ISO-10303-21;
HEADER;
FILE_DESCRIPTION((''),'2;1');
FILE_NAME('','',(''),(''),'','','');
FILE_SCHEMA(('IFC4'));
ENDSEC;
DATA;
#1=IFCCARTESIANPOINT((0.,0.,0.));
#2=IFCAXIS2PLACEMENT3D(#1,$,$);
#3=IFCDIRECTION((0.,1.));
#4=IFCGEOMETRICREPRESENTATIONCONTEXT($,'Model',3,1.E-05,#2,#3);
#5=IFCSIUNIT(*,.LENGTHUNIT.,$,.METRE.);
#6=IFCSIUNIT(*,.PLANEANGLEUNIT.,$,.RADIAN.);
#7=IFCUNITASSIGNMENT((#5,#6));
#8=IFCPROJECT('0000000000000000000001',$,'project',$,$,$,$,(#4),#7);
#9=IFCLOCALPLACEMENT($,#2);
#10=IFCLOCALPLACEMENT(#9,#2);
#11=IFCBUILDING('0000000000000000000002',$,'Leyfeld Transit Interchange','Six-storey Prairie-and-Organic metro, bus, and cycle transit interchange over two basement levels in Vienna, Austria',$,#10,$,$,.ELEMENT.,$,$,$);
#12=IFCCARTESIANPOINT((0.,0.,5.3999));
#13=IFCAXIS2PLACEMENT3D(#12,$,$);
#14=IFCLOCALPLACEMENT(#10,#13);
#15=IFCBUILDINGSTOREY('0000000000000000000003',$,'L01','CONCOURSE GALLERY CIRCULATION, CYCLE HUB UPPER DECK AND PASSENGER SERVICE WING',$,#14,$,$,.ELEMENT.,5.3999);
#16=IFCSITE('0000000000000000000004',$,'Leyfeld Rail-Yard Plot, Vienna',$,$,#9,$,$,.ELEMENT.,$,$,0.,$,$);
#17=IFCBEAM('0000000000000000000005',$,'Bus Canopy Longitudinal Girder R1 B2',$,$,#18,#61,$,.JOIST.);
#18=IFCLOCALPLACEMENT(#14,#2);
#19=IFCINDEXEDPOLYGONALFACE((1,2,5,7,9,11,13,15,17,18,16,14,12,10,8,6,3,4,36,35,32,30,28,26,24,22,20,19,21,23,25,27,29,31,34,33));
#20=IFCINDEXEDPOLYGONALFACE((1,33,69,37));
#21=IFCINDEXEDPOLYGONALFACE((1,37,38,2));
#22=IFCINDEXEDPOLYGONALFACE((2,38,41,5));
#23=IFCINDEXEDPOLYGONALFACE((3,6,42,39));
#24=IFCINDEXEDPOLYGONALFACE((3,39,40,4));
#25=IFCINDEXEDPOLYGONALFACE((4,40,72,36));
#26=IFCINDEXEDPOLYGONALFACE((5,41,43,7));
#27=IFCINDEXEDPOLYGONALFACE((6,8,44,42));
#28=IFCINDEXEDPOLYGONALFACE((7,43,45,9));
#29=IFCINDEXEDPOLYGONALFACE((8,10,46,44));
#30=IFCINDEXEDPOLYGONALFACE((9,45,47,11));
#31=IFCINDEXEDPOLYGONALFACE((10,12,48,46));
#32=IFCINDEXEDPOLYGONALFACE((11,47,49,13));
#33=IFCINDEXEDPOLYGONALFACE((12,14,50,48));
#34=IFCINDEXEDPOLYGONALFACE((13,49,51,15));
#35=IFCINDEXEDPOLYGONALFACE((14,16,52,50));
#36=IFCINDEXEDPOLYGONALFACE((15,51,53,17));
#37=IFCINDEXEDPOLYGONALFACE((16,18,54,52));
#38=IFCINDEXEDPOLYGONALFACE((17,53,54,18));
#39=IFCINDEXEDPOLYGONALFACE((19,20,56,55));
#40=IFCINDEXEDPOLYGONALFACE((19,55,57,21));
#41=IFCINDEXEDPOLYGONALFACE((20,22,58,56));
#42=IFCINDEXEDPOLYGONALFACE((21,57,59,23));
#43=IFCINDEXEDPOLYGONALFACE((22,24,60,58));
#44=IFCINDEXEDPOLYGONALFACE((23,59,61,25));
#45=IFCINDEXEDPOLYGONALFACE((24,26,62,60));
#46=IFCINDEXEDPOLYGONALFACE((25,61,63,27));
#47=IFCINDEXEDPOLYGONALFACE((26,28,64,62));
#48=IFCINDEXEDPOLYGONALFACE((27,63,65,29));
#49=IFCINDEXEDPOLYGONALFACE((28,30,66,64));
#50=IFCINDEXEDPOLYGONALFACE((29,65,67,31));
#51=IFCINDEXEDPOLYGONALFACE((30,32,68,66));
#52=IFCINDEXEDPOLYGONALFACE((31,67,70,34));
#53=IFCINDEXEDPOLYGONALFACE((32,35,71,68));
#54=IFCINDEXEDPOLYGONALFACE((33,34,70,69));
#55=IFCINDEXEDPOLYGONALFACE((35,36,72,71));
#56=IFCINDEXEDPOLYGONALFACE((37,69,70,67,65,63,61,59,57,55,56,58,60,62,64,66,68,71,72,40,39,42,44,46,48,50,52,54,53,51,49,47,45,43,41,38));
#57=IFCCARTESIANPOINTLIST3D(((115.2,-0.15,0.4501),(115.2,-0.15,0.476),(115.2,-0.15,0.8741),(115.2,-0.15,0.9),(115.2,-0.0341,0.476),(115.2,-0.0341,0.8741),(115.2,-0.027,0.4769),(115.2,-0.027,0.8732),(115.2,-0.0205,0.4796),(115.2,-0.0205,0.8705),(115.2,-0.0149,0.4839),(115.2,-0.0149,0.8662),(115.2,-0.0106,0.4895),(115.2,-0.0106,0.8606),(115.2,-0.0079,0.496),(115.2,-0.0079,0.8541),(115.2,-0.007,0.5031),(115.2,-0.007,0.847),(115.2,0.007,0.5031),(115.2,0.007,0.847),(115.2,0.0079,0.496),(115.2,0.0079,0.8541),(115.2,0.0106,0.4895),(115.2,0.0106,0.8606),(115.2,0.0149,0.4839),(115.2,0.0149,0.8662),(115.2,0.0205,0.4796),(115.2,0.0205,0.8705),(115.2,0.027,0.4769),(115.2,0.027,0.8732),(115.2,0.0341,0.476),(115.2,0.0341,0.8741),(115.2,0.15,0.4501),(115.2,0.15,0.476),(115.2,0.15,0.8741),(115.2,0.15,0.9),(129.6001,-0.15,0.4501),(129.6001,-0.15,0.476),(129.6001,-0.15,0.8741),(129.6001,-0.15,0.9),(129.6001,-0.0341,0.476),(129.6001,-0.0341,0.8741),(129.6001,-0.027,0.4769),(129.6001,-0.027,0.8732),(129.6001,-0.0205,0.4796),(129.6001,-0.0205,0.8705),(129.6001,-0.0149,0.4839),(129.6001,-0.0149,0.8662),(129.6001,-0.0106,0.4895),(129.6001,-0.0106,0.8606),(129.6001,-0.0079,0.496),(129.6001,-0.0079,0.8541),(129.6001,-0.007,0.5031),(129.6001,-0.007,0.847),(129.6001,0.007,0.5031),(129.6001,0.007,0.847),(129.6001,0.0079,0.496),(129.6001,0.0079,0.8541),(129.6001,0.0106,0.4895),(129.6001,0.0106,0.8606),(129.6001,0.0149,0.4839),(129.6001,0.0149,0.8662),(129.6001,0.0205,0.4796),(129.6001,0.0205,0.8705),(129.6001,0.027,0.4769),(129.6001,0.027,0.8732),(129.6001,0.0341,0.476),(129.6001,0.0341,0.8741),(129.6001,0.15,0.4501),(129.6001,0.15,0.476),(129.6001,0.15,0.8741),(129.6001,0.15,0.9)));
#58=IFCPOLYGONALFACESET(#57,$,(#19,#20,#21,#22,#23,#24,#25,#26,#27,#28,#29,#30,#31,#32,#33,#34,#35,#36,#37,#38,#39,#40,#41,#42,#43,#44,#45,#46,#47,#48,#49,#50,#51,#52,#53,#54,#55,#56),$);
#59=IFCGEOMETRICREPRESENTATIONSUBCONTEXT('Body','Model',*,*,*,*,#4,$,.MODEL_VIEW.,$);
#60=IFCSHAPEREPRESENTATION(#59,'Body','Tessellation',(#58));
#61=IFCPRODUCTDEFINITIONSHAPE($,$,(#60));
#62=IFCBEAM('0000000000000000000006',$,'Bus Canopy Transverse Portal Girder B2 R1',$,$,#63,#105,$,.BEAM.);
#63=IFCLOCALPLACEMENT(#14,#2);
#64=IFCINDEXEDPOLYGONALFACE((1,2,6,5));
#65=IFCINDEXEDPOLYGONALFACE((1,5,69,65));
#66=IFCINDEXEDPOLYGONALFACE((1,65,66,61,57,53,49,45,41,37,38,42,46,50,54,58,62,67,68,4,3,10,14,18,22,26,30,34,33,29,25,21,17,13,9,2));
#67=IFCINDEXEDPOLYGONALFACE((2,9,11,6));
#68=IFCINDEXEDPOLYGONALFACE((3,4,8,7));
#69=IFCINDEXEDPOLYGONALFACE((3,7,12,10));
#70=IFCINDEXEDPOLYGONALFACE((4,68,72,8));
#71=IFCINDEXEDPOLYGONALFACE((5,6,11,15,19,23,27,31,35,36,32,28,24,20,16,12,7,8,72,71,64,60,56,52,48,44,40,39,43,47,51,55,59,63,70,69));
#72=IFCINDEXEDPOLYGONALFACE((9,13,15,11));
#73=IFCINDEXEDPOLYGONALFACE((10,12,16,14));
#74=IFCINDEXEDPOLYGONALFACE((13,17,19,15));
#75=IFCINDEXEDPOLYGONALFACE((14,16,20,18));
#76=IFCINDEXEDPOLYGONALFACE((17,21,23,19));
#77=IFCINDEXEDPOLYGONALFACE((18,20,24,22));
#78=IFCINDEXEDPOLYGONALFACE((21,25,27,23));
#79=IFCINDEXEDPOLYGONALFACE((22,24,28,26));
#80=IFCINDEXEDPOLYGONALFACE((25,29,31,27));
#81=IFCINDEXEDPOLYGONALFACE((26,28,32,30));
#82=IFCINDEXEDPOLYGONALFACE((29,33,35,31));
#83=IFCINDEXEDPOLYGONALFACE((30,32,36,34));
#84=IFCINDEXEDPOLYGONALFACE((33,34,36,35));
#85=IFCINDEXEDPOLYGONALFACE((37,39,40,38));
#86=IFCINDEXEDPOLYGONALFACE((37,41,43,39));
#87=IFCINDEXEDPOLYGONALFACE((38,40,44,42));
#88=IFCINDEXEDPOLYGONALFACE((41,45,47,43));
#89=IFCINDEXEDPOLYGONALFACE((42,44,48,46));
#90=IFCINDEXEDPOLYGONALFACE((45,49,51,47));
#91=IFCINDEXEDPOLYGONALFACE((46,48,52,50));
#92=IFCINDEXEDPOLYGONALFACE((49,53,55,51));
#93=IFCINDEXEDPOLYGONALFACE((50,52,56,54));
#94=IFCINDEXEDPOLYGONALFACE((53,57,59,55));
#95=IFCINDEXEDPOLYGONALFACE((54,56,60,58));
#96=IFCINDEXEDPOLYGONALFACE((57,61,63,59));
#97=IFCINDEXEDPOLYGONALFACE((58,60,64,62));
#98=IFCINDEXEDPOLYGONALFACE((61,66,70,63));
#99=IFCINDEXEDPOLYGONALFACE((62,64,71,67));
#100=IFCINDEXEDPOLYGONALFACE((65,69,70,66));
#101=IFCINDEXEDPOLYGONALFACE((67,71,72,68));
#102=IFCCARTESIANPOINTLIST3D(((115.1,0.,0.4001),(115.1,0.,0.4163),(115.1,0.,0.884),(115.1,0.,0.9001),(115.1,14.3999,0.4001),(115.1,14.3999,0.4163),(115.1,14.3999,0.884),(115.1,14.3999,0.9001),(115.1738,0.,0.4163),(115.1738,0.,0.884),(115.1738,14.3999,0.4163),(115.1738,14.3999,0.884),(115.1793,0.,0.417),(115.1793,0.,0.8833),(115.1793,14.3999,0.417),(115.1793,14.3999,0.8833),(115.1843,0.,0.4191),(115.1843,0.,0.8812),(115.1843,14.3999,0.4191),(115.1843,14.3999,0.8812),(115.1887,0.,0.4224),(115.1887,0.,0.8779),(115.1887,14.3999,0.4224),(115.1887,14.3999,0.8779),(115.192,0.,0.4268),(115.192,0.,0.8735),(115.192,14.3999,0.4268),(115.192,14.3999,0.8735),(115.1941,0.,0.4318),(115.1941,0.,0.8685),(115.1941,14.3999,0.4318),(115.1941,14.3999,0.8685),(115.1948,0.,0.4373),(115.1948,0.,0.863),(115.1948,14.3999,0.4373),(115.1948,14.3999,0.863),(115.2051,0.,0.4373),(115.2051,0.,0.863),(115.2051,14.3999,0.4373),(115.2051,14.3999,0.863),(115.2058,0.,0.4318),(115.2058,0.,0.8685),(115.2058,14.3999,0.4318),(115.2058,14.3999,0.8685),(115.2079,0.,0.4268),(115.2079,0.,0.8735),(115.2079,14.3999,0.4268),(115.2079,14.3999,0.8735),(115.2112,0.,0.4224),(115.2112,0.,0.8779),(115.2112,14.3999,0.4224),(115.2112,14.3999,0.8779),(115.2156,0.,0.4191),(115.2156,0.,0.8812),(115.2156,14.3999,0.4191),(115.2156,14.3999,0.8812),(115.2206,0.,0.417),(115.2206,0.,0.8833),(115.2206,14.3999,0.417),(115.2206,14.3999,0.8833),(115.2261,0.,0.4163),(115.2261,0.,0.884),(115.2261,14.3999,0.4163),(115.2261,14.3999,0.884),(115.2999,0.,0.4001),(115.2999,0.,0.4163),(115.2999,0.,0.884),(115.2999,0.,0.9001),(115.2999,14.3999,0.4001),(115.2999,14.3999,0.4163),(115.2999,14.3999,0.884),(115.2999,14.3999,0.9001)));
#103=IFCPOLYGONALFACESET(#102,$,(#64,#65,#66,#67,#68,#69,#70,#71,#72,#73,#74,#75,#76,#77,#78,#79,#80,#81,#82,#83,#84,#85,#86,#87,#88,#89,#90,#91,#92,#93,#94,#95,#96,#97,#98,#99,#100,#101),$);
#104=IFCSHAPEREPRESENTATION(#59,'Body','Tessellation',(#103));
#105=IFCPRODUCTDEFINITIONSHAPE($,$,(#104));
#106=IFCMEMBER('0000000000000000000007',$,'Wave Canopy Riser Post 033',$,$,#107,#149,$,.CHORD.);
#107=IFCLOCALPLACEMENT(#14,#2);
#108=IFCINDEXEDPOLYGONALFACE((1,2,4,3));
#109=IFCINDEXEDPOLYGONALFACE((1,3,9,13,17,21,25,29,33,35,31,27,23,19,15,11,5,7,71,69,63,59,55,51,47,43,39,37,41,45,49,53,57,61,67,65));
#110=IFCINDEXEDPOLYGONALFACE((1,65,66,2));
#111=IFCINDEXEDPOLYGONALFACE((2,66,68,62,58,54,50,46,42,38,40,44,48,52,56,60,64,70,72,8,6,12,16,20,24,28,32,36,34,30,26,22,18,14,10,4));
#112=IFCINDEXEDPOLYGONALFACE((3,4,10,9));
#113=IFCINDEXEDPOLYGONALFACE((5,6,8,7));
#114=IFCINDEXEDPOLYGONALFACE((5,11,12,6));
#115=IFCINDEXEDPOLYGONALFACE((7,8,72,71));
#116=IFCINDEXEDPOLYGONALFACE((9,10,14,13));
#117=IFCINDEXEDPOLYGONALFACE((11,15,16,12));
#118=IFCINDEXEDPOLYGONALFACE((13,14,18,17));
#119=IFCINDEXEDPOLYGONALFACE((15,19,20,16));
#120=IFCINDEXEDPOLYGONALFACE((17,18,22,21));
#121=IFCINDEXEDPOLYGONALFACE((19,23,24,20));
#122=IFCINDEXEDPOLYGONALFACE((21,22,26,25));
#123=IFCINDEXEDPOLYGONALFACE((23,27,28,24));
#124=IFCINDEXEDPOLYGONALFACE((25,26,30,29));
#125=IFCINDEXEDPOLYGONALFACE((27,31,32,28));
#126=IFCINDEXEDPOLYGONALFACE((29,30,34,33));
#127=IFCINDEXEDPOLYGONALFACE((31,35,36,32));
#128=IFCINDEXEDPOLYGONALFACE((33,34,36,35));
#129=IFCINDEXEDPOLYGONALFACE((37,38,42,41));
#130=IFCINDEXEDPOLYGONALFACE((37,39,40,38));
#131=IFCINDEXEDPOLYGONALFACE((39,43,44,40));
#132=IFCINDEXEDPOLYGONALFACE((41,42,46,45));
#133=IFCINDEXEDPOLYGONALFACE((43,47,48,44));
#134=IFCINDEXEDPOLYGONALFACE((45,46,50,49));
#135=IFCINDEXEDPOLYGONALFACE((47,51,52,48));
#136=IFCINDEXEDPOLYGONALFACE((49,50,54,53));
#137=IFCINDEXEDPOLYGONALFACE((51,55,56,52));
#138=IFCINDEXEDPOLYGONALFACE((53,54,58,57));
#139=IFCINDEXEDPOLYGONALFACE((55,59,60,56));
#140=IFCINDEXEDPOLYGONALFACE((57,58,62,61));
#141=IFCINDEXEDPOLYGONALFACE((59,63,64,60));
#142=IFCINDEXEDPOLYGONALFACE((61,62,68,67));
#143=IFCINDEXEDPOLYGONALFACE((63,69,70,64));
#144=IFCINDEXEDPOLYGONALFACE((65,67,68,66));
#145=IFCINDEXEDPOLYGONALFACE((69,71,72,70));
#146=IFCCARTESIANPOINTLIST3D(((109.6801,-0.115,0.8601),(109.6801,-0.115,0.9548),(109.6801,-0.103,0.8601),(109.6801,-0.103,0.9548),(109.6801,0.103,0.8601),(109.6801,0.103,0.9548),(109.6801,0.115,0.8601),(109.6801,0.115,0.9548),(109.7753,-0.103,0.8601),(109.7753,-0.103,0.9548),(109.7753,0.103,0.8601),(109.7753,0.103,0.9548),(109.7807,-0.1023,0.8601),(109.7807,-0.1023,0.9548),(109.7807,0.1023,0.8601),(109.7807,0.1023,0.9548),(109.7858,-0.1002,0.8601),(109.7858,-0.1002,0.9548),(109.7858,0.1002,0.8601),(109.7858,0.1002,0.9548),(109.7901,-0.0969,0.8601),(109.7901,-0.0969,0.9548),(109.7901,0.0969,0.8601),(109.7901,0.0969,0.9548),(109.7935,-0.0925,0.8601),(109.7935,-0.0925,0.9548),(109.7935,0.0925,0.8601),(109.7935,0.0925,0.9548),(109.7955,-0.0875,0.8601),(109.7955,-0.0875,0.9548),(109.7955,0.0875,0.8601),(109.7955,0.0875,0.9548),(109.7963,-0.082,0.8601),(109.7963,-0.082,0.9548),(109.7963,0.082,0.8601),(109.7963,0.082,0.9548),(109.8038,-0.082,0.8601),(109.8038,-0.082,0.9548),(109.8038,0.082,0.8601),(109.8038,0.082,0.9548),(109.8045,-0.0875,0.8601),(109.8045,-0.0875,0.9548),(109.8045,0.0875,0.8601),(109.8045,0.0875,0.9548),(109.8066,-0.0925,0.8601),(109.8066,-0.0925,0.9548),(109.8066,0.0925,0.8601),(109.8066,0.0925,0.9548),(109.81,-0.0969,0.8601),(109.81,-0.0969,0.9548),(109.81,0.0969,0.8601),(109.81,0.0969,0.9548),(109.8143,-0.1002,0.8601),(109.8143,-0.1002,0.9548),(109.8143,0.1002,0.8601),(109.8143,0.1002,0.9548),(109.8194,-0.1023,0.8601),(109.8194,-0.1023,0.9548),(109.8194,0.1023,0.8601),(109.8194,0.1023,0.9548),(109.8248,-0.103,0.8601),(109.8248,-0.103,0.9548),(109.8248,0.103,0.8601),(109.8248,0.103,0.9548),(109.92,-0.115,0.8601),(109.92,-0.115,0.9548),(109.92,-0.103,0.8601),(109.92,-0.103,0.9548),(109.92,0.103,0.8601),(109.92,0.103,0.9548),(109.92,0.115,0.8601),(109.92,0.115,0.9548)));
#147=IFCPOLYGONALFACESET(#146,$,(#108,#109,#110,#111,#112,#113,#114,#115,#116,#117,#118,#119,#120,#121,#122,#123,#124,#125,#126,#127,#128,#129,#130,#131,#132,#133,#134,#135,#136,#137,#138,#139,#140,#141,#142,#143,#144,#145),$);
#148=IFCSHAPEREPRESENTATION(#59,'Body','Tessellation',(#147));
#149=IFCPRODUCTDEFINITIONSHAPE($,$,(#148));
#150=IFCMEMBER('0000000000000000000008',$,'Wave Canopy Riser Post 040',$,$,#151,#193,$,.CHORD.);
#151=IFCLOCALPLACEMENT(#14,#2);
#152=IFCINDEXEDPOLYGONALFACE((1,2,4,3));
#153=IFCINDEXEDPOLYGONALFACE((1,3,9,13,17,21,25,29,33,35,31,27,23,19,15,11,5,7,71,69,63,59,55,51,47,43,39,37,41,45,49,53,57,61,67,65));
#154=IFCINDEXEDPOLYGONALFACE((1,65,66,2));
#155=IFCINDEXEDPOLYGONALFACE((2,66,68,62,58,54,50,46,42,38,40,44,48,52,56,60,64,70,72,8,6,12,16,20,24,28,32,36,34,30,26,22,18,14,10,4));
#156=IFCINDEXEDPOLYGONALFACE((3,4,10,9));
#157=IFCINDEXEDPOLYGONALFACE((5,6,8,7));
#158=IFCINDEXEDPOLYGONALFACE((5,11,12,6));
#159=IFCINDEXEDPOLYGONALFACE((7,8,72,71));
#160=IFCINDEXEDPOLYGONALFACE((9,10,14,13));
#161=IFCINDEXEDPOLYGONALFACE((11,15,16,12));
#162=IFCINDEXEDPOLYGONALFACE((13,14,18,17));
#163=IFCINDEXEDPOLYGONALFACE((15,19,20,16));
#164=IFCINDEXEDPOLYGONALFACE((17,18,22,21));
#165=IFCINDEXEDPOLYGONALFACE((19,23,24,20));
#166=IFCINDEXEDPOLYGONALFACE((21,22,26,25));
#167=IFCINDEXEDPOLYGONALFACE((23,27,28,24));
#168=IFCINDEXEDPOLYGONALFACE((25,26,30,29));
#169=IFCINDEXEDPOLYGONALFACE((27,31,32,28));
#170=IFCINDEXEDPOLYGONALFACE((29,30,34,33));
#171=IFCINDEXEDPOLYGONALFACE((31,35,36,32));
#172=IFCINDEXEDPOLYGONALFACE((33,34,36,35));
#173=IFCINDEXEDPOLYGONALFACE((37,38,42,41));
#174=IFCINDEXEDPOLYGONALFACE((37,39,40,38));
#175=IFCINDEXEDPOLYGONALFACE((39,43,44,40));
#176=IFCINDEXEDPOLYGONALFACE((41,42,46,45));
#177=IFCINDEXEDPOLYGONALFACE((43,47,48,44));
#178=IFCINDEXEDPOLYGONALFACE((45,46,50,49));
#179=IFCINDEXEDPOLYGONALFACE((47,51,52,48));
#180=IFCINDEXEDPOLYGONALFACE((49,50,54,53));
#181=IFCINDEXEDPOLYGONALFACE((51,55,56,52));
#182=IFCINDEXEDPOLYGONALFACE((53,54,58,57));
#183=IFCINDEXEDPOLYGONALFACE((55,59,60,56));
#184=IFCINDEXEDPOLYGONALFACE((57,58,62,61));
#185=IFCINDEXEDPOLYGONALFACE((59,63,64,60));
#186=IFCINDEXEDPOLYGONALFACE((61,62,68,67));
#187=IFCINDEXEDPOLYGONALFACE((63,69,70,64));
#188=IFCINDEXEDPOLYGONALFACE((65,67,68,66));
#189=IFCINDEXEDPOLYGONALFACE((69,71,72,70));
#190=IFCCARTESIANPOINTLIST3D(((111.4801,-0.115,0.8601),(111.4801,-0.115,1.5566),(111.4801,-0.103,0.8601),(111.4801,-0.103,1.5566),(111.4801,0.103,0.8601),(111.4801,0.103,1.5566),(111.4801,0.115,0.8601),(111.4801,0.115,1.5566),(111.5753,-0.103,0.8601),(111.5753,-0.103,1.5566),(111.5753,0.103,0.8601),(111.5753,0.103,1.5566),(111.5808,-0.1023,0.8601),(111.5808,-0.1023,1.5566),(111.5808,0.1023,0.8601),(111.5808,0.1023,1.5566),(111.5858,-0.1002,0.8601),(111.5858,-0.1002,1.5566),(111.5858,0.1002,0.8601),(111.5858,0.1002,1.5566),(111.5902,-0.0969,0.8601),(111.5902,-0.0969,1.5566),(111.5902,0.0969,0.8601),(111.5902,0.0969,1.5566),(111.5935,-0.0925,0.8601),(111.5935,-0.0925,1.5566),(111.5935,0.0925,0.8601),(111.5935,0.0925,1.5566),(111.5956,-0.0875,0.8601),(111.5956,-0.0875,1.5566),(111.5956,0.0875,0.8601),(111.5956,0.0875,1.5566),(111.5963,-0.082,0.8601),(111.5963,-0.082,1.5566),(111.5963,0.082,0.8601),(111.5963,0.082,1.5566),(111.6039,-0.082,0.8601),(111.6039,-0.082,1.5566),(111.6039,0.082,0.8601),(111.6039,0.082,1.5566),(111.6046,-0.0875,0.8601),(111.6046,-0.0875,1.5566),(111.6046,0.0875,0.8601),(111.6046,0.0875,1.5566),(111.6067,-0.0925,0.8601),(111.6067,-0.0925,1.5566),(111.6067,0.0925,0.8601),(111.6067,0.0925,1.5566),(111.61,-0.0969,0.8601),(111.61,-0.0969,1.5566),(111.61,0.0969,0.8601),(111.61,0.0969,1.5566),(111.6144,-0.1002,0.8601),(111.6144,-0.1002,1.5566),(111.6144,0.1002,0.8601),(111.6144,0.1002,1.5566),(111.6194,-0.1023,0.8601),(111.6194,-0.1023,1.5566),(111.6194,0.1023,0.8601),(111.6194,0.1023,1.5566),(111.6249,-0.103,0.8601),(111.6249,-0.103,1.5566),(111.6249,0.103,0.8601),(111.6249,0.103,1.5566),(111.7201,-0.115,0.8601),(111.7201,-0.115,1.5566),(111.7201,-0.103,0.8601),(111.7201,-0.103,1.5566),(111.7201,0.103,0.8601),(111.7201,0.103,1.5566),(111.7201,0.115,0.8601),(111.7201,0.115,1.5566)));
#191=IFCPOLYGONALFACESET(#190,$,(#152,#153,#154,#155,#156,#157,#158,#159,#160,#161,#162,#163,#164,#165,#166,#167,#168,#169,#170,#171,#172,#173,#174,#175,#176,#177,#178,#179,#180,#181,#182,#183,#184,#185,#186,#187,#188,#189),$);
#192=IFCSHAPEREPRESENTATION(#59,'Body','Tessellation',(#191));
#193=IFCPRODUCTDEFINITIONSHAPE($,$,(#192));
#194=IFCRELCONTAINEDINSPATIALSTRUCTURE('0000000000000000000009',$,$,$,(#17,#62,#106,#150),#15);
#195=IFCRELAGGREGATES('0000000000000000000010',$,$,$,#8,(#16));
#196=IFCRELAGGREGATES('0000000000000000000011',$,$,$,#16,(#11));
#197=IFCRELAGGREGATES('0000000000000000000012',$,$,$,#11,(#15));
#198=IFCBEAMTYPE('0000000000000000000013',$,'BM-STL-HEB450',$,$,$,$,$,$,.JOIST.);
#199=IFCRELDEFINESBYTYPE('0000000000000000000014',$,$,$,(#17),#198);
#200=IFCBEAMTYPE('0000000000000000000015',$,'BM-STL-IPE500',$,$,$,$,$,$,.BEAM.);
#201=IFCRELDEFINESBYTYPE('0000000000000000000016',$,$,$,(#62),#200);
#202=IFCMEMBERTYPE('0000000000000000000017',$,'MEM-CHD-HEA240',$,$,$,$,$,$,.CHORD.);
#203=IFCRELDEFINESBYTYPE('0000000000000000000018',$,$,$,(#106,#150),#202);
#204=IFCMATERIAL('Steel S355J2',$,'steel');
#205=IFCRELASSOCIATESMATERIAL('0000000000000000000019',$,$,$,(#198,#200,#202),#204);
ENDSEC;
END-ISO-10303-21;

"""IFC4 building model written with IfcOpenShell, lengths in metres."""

from ifc_helpers import new_model, si_unit, direction, frame, origin, origin_2d, place, context, subcontext, project, spatial, i_section, extrude, material, material_profile, profile_set, type_object, element, save


model = new_model("IFC4")

# Units and contexts
model_context = context("Model", 3, precision=1e-05, world=origin(), true_north=direction((0.0, 1.0)))
body_context = subcontext(model_context, "Body", "Model", "MODEL_VIEW")
ifc_project = project(units=[si_unit("LENGTHUNIT", "METRE"), si_unit("PLANEANGLEUNIT", "RADIAN")], contexts=[model_context])

# Site, building, storey
site_placement = place(None, origin())
site = spatial("IfcSite", under=ifc_project, at=site_placement, Name="Leyfeld Rail-Yard Plot, Vienna", CompositionType="ELEMENT", RefElevation=0.0)
building_placement = place(site_placement, origin())
building = spatial("IfcBuilding", under=site, at=building_placement, Name="Leyfeld Transit Interchange", Description="Six-storey Prairie-and-Organic metro, bus, and cycle transit interchange over two basement levels in Vienna, Austria", CompositionType="ELEMENT")
storey_placement = place(building_placement, frame((0.0, 0.0, 5.3999)))
storey = spatial("IfcBuildingStorey", under=building, at=storey_placement, Name="L01", Description="CONCOURSE GALLERY CIRCULATION, CYCLE HUB UPPER DECK AND PASSENGER SERVICE WING", CompositionType="ELEMENT", Elevation=5.3999)

# Beams
ifc_material_1 = material(Name="Steel S355J2", Category="steel")
ifc_material_profile_1 = material_profile(ifc_material_1, i_section(OverallWidth=0.3, OverallDepth=0.45, WebThickness=0.0139, FlangeThickness=0.0259, FilletRadius=0.0271, at=origin_2d()), Name="HEB 450")
ifc_profile_set_1 = profile_set([ifc_material_profile_1], Name="Steel S355J2")
beam_type_1 = type_object("IfcBeamType", Name="BM-STL-HEB450", PredefinedType="JOIST", material=ifc_profile_set_1)
beam_1_placement = place(storey_placement, frame((115.2, 0.0, 0.675), z_axis=(1.0, 0.0, 0.0), x_axis=(0.0, 1.0, 0.0)))
element("IfcBeam", 1, at=beam_1_placement, inside=storey, type_object=beam_type_1, Name="Bus Canopy Longitudinal Girder R1 B2", PredefinedType="JOIST", context=body_context, shape_type="SweptSolid", body=[
    extrude(i_section(OverallWidth=0.3, OverallDepth=0.45, WebThickness=0.0139, FlangeThickness=0.0259, FilletRadius=0.0271, at=origin_2d()), origin(), (0.0, 0.0, 1.0), 14.4001),
])
ifc_material_profile_2 = material_profile(ifc_material_1, i_section(OverallWidth=0.2, OverallDepth=0.5, WebThickness=0.0103, FlangeThickness=0.0161, FilletRadius=0.021, at=origin_2d()), Name="IPE 500")
ifc_profile_set_2 = profile_set([ifc_material_profile_2], Name="Steel S355J2")
beam_type_2 = type_object("IfcBeamType", Name="BM-STL-IPE500", PredefinedType="BEAM", material=ifc_profile_set_2)
beam_2_placement = place(storey_placement, frame((115.2, 0.0, 0.6501), z_axis=(0.0, 1.0, 0.0), x_axis=(-1.0, 0.0, 0.0)))
element("IfcBeam", 2, at=beam_2_placement, inside=storey, type_object=beam_type_2, Name="Bus Canopy Transverse Portal Girder B2 R1", PredefinedType="BEAM", context=body_context, shape_type="SweptSolid", body=[
    extrude(i_section(OverallWidth=0.2, OverallDepth=0.5, WebThickness=0.0103, FlangeThickness=0.0161, FilletRadius=0.021, at=origin_2d()), origin(), (0.0, 0.0, 1.0), 14.3999),
])

# Members
ifc_material_profile_3 = material_profile(ifc_material_1, i_section(OverallWidth=0.24, OverallDepth=0.23, WebThickness=0.0076, FlangeThickness=0.012, FilletRadius=0.021, at=origin_2d()), Name="HEA 240")
ifc_profile_set_3 = profile_set([ifc_material_profile_3], Name="Steel S355J2")
member_type_1 = type_object("IfcMemberType", Name="MEM-CHD-HEA240", PredefinedType="CHORD", material=ifc_profile_set_3)
member_1_placement = place(storey_placement, frame((109.8, 0.0, 0.8601), z_axis=(0.0, 0.0, 1.0), x_axis=(1.0, 0.0, 0.0)))
element("IfcMember", 3, at=member_1_placement, inside=storey, type_object=member_type_1, Name="Wave Canopy Riser Post 033", PredefinedType="CHORD", context=body_context, shape_type="SweptSolid", body=[
    extrude(i_section(OverallWidth=0.24, OverallDepth=0.23, WebThickness=0.0076, FlangeThickness=0.012, FilletRadius=0.021, at=origin_2d()), origin(), (0.0, 0.0, 1.0), 0.0947),
])
member_2_placement = place(storey_placement, frame((111.6001, 0.0, 0.8601), z_axis=(0.0, 0.0, 1.0), x_axis=(1.0, 0.0, 0.0)))
element("IfcMember", 4, at=member_2_placement, inside=storey, type_object=member_type_1, Name="Wave Canopy Riser Post 040", PredefinedType="CHORD", context=body_context, shape_type="SweptSolid", body=[
    extrude(i_section(OverallWidth=0.24, OverallDepth=0.23, WebThickness=0.0076, FlangeThickness=0.012, FilletRadius=0.021, at=origin_2d()), origin(), (0.0, 0.0, 1.0), 0.6965),
])

save(model, "model.ifc")
